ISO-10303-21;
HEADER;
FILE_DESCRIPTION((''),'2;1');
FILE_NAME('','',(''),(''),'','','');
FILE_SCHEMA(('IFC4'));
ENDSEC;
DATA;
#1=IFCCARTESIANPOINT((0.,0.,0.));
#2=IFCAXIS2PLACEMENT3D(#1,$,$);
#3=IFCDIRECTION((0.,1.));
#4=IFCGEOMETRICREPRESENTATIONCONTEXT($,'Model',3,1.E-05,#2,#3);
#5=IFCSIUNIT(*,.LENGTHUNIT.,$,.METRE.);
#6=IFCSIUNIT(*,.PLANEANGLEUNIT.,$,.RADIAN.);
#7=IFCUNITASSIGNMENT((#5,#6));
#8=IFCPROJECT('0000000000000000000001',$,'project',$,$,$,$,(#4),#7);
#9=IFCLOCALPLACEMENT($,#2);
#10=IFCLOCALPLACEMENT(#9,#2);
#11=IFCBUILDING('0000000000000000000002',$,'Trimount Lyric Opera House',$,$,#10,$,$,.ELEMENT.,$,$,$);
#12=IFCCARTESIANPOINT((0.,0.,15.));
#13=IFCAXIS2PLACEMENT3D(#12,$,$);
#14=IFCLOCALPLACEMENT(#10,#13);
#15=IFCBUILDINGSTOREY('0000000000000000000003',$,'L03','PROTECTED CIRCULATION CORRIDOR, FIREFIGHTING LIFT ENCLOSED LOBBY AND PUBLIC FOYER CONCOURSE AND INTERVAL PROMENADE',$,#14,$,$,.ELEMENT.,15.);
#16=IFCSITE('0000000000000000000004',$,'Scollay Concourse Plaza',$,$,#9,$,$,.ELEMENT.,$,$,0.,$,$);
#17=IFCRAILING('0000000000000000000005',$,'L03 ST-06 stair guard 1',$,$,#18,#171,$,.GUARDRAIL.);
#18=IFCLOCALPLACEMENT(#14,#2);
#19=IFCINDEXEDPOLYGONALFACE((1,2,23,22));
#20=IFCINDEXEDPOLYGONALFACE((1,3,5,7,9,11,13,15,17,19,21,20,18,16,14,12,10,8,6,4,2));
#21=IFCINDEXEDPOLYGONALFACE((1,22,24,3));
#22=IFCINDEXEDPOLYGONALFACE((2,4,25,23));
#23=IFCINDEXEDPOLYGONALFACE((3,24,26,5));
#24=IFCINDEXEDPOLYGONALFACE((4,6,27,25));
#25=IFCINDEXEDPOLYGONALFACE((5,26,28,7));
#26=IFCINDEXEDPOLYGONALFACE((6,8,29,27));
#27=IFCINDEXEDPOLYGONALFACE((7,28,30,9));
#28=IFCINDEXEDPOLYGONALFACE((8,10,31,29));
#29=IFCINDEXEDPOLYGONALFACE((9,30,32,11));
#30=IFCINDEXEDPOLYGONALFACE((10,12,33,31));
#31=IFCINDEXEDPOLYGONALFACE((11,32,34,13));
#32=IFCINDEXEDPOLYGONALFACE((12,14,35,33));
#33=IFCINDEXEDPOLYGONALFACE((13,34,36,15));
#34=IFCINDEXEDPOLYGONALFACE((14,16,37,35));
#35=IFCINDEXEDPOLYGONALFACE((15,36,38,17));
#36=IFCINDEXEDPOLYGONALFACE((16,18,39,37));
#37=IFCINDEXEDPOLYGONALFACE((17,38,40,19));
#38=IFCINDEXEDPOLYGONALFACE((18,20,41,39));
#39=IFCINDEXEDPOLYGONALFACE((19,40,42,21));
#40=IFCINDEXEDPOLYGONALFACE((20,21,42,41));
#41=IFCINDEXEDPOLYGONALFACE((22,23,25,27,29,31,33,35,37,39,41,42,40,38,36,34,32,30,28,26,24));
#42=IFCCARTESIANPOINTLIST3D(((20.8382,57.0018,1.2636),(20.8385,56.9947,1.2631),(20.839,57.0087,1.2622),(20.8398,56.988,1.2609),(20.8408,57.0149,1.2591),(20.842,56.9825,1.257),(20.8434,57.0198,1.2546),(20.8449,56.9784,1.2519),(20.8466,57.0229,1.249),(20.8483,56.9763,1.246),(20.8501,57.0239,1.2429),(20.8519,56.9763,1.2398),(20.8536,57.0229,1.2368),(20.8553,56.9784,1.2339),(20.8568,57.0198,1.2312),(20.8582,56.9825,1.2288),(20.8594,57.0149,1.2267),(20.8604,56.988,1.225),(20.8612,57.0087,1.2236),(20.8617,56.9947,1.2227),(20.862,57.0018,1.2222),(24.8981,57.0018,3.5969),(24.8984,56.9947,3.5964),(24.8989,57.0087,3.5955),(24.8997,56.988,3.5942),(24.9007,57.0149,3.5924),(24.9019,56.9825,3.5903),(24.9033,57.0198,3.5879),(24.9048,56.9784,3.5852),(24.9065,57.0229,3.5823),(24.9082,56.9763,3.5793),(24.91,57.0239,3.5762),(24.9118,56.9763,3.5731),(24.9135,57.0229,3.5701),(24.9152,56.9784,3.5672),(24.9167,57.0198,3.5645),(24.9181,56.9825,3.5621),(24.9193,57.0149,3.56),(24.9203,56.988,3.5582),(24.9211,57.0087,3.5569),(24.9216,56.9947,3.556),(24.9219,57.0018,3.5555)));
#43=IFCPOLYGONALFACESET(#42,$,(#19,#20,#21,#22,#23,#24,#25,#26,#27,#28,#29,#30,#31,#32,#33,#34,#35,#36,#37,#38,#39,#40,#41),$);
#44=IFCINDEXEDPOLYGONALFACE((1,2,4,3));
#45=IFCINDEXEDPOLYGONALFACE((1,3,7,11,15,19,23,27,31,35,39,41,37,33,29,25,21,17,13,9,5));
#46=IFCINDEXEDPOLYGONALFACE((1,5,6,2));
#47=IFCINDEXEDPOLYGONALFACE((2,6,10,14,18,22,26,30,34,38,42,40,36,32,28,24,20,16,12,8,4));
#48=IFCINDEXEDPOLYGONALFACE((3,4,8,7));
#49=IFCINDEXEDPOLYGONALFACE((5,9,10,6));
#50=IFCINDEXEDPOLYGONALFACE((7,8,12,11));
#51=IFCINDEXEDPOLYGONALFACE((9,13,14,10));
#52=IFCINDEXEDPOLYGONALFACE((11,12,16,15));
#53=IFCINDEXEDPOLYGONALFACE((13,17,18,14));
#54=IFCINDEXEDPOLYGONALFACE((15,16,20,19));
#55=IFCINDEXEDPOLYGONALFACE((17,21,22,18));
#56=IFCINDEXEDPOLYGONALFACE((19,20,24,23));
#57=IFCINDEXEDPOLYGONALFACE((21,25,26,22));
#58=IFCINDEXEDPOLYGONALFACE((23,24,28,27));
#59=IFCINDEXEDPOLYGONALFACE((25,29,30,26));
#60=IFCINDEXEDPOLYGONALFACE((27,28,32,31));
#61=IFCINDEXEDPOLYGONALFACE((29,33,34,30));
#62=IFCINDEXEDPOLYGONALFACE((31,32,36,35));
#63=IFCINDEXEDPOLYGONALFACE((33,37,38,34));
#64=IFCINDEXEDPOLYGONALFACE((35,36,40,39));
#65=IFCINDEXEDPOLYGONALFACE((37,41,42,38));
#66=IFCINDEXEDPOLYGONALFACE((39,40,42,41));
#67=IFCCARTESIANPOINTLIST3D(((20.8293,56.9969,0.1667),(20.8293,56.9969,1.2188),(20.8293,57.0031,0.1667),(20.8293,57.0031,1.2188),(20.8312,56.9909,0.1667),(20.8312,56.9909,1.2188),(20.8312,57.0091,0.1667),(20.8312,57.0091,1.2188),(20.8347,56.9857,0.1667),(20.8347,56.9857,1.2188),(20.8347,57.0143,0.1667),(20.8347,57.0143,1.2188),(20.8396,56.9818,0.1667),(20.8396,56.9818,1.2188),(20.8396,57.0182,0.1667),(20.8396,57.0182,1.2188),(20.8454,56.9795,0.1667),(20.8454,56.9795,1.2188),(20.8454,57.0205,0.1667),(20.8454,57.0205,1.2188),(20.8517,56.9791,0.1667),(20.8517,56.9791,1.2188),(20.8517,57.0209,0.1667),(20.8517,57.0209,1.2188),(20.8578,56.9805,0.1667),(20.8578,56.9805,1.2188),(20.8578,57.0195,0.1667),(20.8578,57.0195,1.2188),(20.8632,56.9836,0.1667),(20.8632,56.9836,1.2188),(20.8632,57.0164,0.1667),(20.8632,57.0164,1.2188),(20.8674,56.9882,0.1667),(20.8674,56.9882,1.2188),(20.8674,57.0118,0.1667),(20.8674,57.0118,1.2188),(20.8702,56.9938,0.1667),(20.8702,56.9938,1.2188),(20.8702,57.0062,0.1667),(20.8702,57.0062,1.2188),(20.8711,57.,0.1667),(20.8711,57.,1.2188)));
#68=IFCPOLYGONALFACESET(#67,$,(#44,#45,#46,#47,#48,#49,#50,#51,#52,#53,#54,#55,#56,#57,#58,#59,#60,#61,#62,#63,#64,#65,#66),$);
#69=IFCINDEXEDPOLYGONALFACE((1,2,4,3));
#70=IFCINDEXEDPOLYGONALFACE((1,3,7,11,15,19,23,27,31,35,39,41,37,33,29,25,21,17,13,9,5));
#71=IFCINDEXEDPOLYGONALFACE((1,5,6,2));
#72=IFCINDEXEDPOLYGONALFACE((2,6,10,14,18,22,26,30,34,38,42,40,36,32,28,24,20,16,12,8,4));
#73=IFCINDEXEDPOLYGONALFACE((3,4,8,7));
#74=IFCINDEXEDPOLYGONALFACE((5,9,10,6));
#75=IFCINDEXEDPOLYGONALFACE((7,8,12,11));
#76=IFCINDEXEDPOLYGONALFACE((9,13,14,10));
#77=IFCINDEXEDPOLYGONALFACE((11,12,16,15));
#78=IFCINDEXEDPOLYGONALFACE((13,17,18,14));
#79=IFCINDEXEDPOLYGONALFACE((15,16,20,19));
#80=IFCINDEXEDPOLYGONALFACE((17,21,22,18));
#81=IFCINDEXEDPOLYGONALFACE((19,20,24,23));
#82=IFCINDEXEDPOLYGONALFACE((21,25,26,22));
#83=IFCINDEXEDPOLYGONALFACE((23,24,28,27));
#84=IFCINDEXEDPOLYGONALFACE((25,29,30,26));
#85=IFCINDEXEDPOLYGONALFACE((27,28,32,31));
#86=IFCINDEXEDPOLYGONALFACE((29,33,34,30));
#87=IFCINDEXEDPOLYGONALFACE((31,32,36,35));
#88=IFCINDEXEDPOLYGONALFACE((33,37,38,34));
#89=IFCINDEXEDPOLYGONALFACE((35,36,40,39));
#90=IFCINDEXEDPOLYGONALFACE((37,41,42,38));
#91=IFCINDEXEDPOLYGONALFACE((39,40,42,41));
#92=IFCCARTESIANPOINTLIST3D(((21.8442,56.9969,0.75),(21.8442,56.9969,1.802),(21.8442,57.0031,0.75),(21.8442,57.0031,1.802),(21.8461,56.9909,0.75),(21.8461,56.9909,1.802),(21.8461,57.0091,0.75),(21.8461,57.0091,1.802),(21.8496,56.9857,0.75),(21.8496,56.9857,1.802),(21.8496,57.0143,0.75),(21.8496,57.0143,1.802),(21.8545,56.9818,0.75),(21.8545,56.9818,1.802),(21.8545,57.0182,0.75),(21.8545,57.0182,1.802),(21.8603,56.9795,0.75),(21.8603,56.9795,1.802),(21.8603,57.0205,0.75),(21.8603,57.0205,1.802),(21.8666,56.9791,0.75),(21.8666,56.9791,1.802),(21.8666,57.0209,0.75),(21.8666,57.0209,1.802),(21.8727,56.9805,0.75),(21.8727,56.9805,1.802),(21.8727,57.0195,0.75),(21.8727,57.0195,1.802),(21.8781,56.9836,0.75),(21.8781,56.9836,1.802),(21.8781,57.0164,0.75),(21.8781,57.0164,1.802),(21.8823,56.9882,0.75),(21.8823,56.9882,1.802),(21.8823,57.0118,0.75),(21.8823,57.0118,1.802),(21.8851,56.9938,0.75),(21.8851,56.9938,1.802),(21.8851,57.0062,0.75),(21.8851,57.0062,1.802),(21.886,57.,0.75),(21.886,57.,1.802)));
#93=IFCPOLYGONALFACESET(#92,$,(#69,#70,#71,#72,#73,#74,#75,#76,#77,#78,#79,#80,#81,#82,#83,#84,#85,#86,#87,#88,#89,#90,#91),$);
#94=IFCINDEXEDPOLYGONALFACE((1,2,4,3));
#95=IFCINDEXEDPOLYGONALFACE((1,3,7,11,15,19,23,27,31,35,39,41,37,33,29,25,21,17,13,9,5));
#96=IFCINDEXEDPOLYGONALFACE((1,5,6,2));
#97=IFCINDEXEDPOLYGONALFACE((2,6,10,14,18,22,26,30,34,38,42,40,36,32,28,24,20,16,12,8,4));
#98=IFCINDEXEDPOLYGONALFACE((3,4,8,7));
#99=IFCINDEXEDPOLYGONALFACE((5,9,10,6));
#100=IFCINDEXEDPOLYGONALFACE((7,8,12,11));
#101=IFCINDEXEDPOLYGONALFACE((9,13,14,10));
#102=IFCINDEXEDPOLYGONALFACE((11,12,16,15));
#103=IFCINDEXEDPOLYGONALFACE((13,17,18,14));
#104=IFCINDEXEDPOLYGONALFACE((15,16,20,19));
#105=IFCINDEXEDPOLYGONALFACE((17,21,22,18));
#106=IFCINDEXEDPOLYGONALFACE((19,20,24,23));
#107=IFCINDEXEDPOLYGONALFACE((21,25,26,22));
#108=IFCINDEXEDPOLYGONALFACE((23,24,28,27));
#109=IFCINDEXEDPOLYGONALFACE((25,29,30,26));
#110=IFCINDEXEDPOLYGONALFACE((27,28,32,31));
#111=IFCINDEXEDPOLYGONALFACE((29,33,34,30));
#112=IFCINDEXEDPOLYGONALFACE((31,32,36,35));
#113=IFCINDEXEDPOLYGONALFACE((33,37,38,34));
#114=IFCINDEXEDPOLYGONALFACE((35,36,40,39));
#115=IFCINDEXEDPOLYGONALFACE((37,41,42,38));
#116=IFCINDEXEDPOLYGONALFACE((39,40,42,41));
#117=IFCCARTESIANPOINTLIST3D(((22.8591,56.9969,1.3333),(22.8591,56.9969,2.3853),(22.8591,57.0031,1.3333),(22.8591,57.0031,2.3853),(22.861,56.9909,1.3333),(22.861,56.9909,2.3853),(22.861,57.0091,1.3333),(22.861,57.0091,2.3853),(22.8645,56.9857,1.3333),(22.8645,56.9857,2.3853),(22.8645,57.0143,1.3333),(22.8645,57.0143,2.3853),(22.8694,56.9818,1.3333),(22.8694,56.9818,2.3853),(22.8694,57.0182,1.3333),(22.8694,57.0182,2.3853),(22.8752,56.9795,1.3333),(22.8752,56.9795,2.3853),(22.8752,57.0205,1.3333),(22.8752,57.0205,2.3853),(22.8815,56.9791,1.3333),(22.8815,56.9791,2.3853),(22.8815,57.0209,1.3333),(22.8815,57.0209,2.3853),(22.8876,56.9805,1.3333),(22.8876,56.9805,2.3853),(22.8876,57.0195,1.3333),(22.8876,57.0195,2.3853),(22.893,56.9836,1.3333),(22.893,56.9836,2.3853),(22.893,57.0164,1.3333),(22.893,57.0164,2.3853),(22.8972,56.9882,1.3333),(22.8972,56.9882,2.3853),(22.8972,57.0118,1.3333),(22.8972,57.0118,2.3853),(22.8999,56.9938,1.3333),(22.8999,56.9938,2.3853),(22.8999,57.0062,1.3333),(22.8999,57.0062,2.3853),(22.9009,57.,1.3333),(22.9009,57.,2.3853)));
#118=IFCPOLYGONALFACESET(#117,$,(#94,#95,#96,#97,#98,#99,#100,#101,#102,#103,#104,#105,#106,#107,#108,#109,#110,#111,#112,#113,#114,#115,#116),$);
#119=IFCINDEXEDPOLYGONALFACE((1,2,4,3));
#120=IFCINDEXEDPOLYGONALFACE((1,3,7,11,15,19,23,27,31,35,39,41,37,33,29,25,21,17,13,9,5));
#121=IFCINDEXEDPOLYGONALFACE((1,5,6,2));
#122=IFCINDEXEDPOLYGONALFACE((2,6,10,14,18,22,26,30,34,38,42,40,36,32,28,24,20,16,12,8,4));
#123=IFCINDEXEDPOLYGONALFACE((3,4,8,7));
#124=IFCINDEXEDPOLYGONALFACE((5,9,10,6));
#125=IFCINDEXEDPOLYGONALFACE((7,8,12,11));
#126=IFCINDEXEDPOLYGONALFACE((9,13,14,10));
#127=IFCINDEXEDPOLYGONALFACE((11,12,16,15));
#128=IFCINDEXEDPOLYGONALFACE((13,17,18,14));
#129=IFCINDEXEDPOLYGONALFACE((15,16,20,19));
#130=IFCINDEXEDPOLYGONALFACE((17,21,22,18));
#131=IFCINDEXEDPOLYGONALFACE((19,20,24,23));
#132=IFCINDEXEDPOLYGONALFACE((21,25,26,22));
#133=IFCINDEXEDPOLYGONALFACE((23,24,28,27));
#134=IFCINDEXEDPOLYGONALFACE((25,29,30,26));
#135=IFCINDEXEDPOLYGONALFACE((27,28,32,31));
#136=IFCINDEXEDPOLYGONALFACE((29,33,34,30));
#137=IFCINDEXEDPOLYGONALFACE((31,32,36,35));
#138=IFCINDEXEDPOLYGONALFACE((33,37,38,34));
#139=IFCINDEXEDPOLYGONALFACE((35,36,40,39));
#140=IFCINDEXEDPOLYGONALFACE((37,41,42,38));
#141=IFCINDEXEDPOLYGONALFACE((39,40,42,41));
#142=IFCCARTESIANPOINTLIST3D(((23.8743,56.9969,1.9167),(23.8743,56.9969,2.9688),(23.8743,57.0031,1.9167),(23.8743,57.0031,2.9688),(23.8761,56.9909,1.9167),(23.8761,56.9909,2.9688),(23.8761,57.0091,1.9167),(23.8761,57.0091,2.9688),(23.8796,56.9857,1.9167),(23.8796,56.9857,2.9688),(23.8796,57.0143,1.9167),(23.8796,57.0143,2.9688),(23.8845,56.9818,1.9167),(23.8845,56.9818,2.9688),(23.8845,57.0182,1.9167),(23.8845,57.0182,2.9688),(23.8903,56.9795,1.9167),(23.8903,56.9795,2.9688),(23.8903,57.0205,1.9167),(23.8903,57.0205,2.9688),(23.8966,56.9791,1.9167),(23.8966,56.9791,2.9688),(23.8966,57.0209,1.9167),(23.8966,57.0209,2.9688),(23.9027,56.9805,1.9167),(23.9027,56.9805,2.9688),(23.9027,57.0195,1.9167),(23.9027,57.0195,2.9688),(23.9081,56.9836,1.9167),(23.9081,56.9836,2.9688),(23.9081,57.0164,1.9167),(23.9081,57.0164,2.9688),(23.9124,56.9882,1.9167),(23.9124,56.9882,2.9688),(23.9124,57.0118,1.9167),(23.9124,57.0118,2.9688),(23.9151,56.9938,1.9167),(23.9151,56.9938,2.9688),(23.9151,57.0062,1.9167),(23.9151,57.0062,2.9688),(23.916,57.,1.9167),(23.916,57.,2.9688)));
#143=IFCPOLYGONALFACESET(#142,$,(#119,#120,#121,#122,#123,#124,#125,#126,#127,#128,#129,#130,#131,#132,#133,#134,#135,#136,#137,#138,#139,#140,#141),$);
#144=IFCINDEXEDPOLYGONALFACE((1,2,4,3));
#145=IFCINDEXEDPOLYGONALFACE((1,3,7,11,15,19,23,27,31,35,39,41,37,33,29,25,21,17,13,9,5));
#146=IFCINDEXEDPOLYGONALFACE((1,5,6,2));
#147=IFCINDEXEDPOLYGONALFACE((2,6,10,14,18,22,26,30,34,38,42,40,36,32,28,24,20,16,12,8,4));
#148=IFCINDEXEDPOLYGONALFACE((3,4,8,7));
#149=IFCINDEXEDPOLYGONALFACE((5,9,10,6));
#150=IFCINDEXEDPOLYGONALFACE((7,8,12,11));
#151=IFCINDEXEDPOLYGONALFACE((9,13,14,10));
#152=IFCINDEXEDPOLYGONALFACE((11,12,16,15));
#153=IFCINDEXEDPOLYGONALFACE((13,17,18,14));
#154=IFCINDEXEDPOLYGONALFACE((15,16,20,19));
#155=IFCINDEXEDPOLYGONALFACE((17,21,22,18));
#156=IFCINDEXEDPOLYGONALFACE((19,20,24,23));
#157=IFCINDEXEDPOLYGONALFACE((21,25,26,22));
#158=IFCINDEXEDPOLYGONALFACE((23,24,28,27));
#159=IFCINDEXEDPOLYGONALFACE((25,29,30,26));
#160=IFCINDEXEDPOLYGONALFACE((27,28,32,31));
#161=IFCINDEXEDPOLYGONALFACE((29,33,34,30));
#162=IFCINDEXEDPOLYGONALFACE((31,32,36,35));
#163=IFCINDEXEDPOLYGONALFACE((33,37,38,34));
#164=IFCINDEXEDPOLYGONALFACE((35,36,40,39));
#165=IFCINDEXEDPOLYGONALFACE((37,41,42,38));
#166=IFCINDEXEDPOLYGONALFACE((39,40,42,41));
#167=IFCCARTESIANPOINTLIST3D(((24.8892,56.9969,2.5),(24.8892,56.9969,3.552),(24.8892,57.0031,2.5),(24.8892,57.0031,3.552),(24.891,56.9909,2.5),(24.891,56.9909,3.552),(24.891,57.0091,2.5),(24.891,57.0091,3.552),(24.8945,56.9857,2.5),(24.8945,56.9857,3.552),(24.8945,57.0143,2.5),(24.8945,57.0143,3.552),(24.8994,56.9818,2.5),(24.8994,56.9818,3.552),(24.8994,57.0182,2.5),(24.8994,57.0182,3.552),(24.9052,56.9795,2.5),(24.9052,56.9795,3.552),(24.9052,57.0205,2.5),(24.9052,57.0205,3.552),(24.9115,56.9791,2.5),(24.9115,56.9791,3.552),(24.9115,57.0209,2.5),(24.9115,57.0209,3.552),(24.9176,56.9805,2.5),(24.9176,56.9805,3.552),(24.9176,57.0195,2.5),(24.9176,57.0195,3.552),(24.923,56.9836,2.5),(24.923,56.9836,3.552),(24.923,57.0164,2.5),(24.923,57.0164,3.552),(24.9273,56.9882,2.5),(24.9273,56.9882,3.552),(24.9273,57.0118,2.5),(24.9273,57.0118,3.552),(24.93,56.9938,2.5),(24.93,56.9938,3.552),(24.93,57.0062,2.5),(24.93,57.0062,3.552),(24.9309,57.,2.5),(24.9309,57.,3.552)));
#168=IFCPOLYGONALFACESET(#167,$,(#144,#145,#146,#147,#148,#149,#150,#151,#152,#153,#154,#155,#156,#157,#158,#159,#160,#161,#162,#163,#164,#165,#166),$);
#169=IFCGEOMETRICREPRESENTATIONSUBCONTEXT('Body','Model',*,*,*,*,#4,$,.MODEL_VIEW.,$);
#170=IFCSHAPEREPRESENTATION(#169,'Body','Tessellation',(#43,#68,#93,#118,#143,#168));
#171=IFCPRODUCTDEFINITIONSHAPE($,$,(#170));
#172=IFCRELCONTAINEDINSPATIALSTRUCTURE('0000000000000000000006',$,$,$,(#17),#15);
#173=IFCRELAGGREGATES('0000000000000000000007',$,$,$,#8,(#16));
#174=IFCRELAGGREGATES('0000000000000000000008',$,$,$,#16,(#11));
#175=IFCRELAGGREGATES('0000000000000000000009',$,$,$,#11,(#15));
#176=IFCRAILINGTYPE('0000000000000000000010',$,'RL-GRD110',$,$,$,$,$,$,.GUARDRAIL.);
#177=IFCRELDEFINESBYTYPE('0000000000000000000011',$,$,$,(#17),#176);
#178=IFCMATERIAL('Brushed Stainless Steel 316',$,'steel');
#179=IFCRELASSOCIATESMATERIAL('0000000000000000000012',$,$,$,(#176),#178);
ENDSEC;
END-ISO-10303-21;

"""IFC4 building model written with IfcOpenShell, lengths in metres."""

from ifc_helpers import new_model, si_unit, direction, frame, origin, origin_2d, place, context, subcontext, project, spatial, circle, extrude, material, type_object, element, save


model = new_model("IFC4")

# Units and contexts
model_context = context("Model", 3, precision=1e-05, world=origin(), true_north=direction((0.0, 1.0)))
body_context = subcontext(model_context, "Body", "Model", "MODEL_VIEW")
ifc_project = project(units=[si_unit("LENGTHUNIT", "METRE"), si_unit("PLANEANGLEUNIT", "RADIAN")], contexts=[model_context])

# Site, building, storey
site_placement = place(None, origin())
site = spatial("IfcSite", under=ifc_project, at=site_placement, Name="Scollay Concourse Plaza", CompositionType="ELEMENT", RefElevation=0.0)
building_placement = place(site_placement, origin())
building = spatial("IfcBuilding", under=site, at=building_placement, Name="Trimount Lyric Opera House", CompositionType="ELEMENT")
storey_placement = place(building_placement, frame((0.0, 0.0, 15.0)))
storey = spatial("IfcBuildingStorey", under=building, at=storey_placement, Name="L03", Description="PROTECTED CIRCULATION CORRIDOR, FIREFIGHTING LIFT ENCLOSED LOBBY AND PUBLIC FOYER CONCOURSE AND INTERVAL PROMENADE", CompositionType="ELEMENT", Elevation=15.0)

# Railing
ifc_material_1 = material(Name="Brushed Stainless Steel 316", Category="steel")
railing_type_1 = type_object("IfcRailingType", Name="RL-GRD110", PredefinedType="GUARDRAIL", material=ifc_material_1)
railing_1_placement = place(storey_placement, frame((20.8501, 57.0, 0.1667)))
element("IfcRailing", 1, at=railing_1_placement, inside=storey, type_object=railing_type_1, Name="L03 ST-06 stair guard 1", PredefinedType="GUARDRAIL", context=body_context, shape_type="SweptSolid", body=[
    extrude(circle(Radius=0.0239, at=origin_2d()), frame((0.0, 0.0, 1.0762), z_axis=(0.867012, 0.0, 0.498288), x_axis=(0.0, 1.0, 0.0)), (0.0, 0.0, 1.0), 4.6826),
    extrude(circle(Radius=0.021, at=origin_2d()), origin(), (0.0, 0.0, 1.0), 1.052),
    extrude(circle(Radius=0.021, at=origin_2d()), frame((1.0149, 0.0, 0.5833)), (0.0, 0.0, 1.0), 1.052),
    extrude(circle(Radius=0.021, at=origin_2d()), frame((2.0298, 0.0, 1.1665)), (0.0, 0.0, 1.0), 1.052),
    extrude(circle(Radius=0.021, at=origin_2d()), frame((3.0449, 0.0, 1.75)), (0.0, 0.0, 1.0), 1.052),
    extrude(circle(Radius=0.021, at=origin_2d()), frame((4.0598, 0.0, 2.3333)), (0.0, 0.0, 1.0), 1.052),
])

save(model, "model.ifc")
